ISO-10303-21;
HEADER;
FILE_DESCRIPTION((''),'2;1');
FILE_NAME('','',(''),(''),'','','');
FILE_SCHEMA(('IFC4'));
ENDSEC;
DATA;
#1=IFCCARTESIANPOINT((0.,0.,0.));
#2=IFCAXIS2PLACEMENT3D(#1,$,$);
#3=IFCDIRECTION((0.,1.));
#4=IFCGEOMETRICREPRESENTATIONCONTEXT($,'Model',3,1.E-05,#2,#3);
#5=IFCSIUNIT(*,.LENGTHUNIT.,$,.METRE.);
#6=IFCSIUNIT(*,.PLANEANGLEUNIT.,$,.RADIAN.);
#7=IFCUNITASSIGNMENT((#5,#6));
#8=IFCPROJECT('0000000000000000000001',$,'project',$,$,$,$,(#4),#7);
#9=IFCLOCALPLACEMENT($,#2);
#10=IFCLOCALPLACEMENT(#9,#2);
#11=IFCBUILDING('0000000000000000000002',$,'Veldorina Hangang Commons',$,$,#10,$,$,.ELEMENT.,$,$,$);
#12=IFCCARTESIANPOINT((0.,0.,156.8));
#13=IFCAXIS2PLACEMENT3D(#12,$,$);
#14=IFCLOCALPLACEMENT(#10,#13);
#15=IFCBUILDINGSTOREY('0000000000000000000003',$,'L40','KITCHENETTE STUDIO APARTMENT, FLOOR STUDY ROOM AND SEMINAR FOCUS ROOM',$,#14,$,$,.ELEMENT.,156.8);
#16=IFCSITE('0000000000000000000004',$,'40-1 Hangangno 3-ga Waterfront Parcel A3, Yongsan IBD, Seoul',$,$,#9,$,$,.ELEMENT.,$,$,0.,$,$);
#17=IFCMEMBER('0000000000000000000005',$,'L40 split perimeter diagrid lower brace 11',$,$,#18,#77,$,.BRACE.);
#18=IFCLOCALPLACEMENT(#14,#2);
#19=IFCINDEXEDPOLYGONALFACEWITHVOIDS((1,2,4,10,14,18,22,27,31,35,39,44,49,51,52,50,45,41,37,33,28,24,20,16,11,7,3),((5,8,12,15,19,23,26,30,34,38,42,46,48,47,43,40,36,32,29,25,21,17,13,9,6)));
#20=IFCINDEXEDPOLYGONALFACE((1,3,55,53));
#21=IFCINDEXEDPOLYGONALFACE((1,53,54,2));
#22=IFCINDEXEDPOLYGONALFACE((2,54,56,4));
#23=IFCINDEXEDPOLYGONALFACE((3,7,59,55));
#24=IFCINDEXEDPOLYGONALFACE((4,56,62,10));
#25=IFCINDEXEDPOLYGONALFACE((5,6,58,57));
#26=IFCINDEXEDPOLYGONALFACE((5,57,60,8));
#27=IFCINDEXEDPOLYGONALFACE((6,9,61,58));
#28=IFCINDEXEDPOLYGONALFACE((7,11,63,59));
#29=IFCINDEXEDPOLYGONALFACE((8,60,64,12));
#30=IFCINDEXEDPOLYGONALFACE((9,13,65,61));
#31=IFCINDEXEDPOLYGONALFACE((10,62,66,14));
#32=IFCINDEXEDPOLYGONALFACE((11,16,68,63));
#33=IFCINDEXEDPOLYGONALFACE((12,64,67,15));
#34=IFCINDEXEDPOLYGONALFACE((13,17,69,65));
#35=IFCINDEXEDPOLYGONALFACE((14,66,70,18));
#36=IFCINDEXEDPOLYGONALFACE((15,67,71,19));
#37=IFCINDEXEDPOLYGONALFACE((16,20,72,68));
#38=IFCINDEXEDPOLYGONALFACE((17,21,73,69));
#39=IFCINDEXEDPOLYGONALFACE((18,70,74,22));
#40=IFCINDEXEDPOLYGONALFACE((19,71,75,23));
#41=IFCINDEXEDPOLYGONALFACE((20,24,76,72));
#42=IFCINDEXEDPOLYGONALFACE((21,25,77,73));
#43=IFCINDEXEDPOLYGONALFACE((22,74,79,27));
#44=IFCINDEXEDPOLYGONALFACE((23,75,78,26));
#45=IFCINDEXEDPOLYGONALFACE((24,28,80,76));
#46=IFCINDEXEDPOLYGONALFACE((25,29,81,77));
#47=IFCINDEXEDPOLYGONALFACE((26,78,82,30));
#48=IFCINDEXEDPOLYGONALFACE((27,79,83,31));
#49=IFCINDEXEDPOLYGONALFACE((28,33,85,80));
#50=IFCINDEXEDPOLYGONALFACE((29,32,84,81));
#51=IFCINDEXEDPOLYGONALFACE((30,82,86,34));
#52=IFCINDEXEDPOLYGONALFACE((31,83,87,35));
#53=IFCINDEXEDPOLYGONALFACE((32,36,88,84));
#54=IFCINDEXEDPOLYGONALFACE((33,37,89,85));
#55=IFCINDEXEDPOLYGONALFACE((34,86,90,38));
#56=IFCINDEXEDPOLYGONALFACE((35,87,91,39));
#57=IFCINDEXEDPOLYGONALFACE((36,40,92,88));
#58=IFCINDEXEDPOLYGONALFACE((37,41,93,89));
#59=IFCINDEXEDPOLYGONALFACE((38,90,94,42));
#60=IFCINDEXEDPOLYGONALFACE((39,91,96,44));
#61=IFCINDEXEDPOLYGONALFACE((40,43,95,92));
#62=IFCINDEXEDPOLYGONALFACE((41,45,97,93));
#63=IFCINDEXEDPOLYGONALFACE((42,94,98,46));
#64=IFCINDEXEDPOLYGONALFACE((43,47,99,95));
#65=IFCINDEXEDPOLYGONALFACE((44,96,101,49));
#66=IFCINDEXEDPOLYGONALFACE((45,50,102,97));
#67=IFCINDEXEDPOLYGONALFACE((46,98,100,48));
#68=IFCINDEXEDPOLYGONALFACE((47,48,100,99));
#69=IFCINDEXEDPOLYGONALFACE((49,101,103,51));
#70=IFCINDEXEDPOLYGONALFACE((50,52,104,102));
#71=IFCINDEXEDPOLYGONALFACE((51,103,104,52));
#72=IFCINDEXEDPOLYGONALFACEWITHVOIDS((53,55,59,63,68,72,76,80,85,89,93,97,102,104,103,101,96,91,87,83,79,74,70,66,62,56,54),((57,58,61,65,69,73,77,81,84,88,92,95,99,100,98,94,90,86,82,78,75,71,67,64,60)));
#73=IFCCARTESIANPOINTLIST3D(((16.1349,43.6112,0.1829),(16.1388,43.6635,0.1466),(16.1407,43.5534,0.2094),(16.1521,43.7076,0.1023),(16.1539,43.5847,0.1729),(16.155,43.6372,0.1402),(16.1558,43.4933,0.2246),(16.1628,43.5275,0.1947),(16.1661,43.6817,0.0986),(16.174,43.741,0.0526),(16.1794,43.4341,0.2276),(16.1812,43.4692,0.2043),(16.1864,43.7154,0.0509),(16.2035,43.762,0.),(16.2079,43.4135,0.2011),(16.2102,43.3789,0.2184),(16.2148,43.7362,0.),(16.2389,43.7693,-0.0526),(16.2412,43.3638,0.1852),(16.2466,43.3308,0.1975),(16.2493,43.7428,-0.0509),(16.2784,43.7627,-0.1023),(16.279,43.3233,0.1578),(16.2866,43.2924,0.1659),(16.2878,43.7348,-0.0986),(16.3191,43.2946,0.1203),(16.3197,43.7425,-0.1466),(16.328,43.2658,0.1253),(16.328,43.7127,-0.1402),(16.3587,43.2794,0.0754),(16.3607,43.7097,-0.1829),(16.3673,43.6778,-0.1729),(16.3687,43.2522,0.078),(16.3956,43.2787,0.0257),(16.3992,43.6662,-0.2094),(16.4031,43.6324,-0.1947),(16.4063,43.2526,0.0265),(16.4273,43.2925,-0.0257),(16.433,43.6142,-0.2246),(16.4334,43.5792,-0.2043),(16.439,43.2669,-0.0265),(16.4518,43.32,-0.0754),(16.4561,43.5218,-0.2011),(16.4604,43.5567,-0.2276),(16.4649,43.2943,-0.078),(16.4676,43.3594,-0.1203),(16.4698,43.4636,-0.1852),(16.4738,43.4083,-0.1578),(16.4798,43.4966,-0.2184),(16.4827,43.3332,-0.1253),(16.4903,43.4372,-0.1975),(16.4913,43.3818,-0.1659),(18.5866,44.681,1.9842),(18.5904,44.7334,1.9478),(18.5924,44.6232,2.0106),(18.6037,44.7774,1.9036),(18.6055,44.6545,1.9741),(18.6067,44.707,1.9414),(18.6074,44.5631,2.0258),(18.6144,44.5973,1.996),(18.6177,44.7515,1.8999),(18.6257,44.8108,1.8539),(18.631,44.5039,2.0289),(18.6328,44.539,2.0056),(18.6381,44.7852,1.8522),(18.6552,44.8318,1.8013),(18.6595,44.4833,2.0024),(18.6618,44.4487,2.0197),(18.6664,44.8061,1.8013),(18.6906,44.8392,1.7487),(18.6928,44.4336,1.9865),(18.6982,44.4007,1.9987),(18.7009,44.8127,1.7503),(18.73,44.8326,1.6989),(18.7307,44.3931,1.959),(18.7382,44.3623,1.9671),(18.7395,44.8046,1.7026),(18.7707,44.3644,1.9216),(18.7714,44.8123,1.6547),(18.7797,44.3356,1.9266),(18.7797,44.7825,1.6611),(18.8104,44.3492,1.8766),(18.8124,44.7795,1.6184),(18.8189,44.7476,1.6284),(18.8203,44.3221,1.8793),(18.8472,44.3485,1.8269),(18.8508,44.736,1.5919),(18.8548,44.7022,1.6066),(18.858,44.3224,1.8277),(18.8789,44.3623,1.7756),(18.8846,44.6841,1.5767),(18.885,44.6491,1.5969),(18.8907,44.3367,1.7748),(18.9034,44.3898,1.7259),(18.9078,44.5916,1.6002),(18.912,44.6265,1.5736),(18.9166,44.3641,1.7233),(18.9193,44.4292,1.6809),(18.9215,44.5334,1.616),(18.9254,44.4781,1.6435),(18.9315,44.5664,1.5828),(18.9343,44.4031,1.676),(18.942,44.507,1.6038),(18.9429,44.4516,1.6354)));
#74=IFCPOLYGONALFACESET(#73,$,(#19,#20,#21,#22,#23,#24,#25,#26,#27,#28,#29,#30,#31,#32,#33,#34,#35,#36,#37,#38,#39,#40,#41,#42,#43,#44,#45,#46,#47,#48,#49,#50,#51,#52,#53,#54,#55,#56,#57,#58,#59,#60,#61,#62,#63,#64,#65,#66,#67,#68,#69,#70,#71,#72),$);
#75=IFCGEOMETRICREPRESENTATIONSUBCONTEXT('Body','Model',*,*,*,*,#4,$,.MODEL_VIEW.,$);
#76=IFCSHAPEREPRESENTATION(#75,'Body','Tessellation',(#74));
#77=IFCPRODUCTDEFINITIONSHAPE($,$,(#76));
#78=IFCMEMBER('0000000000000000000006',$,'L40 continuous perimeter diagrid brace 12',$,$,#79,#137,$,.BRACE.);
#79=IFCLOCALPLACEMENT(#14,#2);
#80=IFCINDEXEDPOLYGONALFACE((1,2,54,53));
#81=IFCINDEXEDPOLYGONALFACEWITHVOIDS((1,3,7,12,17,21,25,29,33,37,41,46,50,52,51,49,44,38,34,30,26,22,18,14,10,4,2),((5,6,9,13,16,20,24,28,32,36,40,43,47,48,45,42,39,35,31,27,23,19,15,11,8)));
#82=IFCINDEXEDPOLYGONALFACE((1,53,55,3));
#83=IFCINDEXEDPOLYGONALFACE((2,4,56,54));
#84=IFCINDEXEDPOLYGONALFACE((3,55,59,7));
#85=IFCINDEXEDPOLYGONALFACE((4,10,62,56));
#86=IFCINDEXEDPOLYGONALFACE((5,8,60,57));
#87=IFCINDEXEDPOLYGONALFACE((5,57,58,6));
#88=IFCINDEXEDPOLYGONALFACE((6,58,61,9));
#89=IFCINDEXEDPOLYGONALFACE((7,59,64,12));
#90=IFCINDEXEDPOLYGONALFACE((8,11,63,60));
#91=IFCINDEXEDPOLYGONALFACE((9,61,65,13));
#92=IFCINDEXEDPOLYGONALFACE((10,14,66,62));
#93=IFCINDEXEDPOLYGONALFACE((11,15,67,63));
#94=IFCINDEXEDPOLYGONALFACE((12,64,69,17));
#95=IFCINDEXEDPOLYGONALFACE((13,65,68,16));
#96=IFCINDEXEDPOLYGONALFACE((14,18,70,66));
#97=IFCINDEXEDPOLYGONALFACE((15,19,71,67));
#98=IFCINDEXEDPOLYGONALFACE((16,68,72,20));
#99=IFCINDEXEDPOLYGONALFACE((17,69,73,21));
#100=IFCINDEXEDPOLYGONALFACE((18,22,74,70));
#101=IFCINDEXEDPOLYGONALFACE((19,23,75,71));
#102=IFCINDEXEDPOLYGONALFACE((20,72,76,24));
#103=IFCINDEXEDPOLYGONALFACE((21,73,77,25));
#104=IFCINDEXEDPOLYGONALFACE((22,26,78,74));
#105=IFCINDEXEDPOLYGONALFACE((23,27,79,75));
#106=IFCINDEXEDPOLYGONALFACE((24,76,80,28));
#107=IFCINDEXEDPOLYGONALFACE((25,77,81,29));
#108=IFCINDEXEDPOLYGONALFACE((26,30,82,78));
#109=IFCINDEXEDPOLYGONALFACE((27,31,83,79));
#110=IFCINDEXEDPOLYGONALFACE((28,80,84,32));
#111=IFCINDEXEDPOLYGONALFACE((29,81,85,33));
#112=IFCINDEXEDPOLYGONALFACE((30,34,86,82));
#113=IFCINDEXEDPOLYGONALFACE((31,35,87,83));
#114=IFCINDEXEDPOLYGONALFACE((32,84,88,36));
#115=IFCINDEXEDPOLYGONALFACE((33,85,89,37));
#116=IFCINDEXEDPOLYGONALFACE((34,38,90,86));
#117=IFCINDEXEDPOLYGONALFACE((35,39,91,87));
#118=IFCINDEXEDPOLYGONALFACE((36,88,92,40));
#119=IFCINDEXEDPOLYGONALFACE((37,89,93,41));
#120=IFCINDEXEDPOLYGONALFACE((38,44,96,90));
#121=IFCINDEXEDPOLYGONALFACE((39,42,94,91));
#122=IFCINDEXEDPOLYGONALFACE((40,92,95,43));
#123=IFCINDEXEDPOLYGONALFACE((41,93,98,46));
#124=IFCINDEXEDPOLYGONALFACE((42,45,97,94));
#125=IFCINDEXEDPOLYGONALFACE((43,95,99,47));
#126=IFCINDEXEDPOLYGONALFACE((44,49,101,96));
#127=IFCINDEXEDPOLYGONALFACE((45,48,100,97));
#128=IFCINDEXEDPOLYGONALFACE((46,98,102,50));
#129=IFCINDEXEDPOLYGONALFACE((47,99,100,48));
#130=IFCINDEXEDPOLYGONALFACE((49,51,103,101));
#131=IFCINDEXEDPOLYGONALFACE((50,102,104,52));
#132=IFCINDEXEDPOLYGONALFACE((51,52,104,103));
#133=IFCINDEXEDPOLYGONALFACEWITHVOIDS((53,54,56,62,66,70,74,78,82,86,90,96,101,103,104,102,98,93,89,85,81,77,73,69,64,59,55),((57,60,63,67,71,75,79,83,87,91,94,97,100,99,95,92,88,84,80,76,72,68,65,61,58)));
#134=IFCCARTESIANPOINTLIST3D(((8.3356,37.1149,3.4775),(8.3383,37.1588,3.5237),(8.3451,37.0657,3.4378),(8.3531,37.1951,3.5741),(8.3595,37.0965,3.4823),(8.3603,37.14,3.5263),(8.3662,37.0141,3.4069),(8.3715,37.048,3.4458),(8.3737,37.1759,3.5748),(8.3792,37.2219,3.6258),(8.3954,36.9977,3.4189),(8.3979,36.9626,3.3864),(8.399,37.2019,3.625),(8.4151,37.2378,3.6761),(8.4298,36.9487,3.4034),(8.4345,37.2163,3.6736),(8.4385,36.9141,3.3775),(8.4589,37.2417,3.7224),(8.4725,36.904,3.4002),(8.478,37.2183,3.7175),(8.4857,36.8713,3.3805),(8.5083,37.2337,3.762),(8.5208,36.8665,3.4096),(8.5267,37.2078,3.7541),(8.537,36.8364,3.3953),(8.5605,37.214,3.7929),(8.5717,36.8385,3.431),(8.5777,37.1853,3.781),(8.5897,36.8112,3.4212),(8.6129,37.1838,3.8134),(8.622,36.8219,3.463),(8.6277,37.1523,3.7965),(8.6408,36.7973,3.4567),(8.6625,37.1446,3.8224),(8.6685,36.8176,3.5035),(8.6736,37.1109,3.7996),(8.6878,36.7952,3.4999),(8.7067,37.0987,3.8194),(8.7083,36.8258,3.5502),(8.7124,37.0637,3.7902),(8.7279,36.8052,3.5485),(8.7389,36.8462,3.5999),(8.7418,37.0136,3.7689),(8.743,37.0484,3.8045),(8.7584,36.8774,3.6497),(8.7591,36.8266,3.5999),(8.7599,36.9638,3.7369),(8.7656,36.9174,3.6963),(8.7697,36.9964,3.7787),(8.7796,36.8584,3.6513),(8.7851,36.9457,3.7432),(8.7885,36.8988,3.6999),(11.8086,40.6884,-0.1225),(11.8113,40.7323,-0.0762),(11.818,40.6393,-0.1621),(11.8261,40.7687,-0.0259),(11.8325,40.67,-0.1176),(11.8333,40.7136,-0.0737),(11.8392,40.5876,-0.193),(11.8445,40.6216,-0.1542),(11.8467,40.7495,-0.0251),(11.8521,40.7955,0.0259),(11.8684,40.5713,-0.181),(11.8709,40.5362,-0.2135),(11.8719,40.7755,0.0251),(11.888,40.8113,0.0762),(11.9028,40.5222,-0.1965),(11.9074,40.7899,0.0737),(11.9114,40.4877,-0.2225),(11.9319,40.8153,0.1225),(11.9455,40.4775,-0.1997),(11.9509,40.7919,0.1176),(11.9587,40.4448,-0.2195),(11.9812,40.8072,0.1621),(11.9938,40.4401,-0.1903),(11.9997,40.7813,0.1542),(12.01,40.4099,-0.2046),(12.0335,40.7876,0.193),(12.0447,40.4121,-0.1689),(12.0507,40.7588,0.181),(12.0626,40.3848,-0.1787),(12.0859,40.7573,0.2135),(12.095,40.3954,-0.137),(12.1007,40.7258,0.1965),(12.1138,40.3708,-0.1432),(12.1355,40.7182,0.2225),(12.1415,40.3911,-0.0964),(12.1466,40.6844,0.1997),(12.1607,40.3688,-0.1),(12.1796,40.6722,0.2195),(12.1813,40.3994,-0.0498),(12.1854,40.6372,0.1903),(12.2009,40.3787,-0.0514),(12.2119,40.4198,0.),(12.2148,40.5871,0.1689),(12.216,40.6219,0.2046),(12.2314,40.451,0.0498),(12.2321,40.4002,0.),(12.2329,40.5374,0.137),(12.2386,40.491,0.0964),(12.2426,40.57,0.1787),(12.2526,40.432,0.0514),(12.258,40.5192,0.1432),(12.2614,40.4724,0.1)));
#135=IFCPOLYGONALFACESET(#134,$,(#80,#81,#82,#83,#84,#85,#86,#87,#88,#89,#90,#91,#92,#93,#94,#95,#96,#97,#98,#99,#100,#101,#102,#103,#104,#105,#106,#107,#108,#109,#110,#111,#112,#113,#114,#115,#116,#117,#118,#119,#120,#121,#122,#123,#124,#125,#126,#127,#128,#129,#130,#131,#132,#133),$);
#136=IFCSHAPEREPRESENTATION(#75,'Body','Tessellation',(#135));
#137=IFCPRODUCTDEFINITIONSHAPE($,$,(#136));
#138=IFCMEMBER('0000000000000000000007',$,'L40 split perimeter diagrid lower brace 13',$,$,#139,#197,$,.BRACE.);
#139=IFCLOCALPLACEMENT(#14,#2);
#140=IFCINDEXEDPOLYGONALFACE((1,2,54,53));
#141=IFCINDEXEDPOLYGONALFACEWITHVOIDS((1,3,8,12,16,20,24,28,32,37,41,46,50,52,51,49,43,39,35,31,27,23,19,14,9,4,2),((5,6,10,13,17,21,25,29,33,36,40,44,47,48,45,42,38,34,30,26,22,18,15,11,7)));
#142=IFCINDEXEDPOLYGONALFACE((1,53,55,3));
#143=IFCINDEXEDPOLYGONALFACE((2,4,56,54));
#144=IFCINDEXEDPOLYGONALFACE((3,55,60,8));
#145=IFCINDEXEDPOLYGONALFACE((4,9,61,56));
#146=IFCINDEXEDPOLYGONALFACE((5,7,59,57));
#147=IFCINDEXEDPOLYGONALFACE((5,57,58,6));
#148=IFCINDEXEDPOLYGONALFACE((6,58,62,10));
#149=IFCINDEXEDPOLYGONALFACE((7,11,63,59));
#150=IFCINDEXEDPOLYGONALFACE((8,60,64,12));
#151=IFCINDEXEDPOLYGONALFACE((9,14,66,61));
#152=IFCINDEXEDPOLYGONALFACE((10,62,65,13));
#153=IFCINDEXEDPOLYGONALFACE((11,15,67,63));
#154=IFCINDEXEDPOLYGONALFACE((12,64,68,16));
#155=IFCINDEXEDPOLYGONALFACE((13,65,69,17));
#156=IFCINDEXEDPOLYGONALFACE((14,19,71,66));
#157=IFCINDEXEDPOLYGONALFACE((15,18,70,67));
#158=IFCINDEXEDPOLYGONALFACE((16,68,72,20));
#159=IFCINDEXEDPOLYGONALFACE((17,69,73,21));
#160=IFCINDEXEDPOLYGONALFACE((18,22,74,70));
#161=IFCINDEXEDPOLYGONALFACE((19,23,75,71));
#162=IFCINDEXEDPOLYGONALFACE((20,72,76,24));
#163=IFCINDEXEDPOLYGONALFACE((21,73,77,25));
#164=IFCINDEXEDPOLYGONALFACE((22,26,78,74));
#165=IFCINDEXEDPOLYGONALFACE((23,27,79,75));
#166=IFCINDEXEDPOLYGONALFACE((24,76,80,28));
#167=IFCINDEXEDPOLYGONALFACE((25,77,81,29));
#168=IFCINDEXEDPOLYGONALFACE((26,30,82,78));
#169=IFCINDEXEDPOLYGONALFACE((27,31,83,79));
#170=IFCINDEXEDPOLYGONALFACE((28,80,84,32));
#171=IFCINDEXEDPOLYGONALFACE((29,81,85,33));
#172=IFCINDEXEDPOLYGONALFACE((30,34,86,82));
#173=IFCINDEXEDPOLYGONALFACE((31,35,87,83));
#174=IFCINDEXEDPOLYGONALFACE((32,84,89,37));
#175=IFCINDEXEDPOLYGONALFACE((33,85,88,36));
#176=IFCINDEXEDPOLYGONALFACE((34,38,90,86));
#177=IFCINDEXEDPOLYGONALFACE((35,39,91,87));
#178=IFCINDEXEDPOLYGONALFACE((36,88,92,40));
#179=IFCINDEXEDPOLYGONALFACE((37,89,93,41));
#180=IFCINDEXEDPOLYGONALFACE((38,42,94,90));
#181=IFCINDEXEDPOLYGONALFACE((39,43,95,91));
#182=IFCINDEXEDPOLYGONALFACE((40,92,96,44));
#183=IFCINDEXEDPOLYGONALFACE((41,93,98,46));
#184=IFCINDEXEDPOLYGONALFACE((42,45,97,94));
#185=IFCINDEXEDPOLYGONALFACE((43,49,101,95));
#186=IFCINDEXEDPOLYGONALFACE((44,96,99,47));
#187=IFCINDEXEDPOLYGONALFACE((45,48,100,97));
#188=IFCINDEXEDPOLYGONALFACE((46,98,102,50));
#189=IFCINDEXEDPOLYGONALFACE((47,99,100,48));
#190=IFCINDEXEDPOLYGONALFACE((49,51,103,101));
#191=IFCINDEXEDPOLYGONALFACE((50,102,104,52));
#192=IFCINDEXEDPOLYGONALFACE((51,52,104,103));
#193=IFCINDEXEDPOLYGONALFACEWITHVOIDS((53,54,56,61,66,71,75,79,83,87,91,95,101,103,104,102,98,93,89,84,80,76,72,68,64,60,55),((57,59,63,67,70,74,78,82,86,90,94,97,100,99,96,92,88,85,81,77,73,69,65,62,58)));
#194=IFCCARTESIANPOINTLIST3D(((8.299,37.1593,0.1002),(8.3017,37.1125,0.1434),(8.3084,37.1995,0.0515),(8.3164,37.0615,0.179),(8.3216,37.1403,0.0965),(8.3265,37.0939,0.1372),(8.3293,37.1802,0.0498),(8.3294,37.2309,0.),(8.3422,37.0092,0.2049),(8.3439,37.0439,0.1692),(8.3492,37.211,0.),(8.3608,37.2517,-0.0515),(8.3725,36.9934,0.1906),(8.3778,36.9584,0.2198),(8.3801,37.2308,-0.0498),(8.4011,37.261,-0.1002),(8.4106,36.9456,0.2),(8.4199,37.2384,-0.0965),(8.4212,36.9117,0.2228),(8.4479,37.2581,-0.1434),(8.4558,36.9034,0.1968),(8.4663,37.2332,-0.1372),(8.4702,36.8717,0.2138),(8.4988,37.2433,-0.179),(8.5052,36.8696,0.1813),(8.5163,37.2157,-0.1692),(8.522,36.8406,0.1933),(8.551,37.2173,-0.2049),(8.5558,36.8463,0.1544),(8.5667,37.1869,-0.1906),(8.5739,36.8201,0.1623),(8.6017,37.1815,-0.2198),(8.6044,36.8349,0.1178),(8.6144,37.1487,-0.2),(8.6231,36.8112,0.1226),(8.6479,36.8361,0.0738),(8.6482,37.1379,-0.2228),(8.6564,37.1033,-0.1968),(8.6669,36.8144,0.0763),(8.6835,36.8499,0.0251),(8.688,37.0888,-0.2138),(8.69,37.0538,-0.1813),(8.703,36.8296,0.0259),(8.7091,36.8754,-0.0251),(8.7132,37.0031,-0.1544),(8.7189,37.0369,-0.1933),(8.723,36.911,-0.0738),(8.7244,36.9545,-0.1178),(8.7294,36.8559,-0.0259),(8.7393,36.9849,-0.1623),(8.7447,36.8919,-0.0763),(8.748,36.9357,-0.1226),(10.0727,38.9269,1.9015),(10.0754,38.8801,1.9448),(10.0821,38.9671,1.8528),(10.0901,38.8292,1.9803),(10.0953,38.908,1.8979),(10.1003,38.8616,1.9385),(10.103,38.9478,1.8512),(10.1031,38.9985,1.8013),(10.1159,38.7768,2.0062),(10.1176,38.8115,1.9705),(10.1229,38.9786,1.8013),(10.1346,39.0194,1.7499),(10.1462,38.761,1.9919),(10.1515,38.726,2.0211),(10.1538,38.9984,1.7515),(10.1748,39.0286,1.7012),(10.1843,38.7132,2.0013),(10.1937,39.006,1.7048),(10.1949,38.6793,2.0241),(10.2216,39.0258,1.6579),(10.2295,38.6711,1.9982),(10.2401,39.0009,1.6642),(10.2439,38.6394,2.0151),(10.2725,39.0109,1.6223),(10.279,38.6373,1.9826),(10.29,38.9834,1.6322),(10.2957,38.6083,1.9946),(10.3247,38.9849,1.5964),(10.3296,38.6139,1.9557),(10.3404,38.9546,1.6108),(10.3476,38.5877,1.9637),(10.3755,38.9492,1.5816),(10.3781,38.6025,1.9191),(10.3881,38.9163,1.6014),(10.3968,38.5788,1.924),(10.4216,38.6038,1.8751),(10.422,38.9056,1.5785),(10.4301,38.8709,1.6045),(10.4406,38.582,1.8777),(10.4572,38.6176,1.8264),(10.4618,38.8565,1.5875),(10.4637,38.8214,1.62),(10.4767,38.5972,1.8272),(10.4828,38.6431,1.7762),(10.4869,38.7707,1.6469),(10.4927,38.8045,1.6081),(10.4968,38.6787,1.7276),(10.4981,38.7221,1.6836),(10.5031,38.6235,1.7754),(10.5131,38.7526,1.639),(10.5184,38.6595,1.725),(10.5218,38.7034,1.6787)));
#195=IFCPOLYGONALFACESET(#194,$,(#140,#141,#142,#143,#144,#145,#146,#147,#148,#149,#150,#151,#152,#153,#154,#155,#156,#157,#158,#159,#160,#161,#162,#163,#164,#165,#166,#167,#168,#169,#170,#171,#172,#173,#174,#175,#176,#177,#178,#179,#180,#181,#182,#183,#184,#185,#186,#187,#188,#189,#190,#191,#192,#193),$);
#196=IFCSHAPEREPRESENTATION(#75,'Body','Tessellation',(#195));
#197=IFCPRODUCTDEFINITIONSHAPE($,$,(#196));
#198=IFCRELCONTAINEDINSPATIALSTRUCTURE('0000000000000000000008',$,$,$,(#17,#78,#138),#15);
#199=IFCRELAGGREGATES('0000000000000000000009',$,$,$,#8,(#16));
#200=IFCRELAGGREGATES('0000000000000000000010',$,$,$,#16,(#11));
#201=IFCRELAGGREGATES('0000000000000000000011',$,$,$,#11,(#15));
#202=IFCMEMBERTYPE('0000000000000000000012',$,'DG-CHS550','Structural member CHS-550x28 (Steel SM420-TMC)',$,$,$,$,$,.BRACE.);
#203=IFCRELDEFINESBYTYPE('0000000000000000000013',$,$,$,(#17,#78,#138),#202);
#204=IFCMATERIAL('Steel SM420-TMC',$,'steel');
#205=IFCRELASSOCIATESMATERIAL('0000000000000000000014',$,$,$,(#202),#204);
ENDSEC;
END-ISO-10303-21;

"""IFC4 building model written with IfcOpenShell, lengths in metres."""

from ifc_helpers import new_model, si_unit, direction, frame, origin, origin_2d, place, context, subcontext, project, spatial, hollow_circle, extrude, material, material_profile, profile_set, type_object, element, save


model = new_model("IFC4")

# Units and contexts
model_context = context("Model", 3, precision=1e-05, world=origin(), true_north=direction((0.0, 1.0)))
body_context = subcontext(model_context, "Body", "Model", "MODEL_VIEW")
ifc_project = project(units=[si_unit("LENGTHUNIT", "METRE"), si_unit("PLANEANGLEUNIT", "RADIAN")], contexts=[model_context])

# Site, building, storey
site_placement = place(None, origin())
site = spatial("IfcSite", under=ifc_project, at=site_placement, Name="40-1 Hangangno 3-ga Waterfront Parcel A3, Yongsan IBD, Seoul", CompositionType="ELEMENT", RefElevation=0.0)
building_placement = place(site_placement, origin())
building = spatial("IfcBuilding", under=site, at=building_placement, Name="Veldorina Hangang Commons", CompositionType="ELEMENT")
storey_placement = place(building_placement, frame((0.0, 0.0, 156.8)))
storey = spatial("IfcBuildingStorey", under=building, at=storey_placement, Name="L40", Description="KITCHENETTE STUDIO APARTMENT, FLOOR STUDY ROOM AND SEMINAR FOCUS ROOM", CompositionType="ELEMENT", Elevation=156.8)

# Shared definitions
ifc_material_1 = material(Name="Steel SM420-TMC", Category="steel")

# Members
ifc_material_profile_1 = material_profile(ifc_material_1, hollow_circle(Radius=0.2749, WallThickness=0.0281, at=origin_2d()), Name="CHS-550x28")
ifc_profile_set_1 = profile_set([ifc_material_profile_1], Name="Steel SM420-TMC")
member_type = type_object("IfcMemberType", Name="DG-CHS550", Description="Structural member CHS-550x28 (Steel SM420-TMC)", PredefinedType="BRACE", material=ifc_profile_set_1)
member_1_placement = place(storey_placement, frame((16.3135, 43.51, 0.0), z_axis=(0.760237, 0.331743, 0.558557), x_axis=(-0.399947, 0.916538, 0.0)))
element("IfcMember", 1, at=member_1_placement, inside=storey, type_object=member_type, Name="L40 split perimeter diagrid lower brace 11", PredefinedType="BRACE", context=body_context, shape_type="SweptSolid", body=[
    extrude(hollow_circle(Radius=0.2749, WallThickness=0.0281, at=origin_2d()), origin(), (0.0, 0.0, 1.0), 3.2249),
])
member_2_placement = place(storey_placement, frame((12.0349, 40.5918, 0.0), z_axis=(-0.564944, -0.581306, 0.585595), x_axis=(0.717128, -0.696942, 0.0)))
element("IfcMember", 2, at=member_2_placement, inside=storey, type_object=member_type, Name="L40 continuous perimeter diagrid brace 12", PredefinedType="BRACE", context=body_context, shape_type="SweptSolid", body=[
    extrude(hollow_circle(Radius=0.2749, WallThickness=0.0281, at=origin_2d()), origin(), (0.0, 0.0, 1.0), 6.1475),
])
member_3_placement = place(storey_placement, frame((8.5234, 37.0361, 0.0), z_axis=(0.575009, 0.57303, 0.583953), x_axis=(-0.705887, 0.708324, 0.0)))
element("IfcMember", 3, at=member_3_placement, inside=storey, type_object=member_type, Name="L40 split perimeter diagrid lower brace 13", PredefinedType="BRACE", context=body_context, shape_type="SweptSolid", body=[
    extrude(hollow_circle(Radius=0.2749, WallThickness=0.0281, at=origin_2d()), origin(), (0.0, 0.0, 1.0), 3.0847),
])

save(model, "model.ifc")
